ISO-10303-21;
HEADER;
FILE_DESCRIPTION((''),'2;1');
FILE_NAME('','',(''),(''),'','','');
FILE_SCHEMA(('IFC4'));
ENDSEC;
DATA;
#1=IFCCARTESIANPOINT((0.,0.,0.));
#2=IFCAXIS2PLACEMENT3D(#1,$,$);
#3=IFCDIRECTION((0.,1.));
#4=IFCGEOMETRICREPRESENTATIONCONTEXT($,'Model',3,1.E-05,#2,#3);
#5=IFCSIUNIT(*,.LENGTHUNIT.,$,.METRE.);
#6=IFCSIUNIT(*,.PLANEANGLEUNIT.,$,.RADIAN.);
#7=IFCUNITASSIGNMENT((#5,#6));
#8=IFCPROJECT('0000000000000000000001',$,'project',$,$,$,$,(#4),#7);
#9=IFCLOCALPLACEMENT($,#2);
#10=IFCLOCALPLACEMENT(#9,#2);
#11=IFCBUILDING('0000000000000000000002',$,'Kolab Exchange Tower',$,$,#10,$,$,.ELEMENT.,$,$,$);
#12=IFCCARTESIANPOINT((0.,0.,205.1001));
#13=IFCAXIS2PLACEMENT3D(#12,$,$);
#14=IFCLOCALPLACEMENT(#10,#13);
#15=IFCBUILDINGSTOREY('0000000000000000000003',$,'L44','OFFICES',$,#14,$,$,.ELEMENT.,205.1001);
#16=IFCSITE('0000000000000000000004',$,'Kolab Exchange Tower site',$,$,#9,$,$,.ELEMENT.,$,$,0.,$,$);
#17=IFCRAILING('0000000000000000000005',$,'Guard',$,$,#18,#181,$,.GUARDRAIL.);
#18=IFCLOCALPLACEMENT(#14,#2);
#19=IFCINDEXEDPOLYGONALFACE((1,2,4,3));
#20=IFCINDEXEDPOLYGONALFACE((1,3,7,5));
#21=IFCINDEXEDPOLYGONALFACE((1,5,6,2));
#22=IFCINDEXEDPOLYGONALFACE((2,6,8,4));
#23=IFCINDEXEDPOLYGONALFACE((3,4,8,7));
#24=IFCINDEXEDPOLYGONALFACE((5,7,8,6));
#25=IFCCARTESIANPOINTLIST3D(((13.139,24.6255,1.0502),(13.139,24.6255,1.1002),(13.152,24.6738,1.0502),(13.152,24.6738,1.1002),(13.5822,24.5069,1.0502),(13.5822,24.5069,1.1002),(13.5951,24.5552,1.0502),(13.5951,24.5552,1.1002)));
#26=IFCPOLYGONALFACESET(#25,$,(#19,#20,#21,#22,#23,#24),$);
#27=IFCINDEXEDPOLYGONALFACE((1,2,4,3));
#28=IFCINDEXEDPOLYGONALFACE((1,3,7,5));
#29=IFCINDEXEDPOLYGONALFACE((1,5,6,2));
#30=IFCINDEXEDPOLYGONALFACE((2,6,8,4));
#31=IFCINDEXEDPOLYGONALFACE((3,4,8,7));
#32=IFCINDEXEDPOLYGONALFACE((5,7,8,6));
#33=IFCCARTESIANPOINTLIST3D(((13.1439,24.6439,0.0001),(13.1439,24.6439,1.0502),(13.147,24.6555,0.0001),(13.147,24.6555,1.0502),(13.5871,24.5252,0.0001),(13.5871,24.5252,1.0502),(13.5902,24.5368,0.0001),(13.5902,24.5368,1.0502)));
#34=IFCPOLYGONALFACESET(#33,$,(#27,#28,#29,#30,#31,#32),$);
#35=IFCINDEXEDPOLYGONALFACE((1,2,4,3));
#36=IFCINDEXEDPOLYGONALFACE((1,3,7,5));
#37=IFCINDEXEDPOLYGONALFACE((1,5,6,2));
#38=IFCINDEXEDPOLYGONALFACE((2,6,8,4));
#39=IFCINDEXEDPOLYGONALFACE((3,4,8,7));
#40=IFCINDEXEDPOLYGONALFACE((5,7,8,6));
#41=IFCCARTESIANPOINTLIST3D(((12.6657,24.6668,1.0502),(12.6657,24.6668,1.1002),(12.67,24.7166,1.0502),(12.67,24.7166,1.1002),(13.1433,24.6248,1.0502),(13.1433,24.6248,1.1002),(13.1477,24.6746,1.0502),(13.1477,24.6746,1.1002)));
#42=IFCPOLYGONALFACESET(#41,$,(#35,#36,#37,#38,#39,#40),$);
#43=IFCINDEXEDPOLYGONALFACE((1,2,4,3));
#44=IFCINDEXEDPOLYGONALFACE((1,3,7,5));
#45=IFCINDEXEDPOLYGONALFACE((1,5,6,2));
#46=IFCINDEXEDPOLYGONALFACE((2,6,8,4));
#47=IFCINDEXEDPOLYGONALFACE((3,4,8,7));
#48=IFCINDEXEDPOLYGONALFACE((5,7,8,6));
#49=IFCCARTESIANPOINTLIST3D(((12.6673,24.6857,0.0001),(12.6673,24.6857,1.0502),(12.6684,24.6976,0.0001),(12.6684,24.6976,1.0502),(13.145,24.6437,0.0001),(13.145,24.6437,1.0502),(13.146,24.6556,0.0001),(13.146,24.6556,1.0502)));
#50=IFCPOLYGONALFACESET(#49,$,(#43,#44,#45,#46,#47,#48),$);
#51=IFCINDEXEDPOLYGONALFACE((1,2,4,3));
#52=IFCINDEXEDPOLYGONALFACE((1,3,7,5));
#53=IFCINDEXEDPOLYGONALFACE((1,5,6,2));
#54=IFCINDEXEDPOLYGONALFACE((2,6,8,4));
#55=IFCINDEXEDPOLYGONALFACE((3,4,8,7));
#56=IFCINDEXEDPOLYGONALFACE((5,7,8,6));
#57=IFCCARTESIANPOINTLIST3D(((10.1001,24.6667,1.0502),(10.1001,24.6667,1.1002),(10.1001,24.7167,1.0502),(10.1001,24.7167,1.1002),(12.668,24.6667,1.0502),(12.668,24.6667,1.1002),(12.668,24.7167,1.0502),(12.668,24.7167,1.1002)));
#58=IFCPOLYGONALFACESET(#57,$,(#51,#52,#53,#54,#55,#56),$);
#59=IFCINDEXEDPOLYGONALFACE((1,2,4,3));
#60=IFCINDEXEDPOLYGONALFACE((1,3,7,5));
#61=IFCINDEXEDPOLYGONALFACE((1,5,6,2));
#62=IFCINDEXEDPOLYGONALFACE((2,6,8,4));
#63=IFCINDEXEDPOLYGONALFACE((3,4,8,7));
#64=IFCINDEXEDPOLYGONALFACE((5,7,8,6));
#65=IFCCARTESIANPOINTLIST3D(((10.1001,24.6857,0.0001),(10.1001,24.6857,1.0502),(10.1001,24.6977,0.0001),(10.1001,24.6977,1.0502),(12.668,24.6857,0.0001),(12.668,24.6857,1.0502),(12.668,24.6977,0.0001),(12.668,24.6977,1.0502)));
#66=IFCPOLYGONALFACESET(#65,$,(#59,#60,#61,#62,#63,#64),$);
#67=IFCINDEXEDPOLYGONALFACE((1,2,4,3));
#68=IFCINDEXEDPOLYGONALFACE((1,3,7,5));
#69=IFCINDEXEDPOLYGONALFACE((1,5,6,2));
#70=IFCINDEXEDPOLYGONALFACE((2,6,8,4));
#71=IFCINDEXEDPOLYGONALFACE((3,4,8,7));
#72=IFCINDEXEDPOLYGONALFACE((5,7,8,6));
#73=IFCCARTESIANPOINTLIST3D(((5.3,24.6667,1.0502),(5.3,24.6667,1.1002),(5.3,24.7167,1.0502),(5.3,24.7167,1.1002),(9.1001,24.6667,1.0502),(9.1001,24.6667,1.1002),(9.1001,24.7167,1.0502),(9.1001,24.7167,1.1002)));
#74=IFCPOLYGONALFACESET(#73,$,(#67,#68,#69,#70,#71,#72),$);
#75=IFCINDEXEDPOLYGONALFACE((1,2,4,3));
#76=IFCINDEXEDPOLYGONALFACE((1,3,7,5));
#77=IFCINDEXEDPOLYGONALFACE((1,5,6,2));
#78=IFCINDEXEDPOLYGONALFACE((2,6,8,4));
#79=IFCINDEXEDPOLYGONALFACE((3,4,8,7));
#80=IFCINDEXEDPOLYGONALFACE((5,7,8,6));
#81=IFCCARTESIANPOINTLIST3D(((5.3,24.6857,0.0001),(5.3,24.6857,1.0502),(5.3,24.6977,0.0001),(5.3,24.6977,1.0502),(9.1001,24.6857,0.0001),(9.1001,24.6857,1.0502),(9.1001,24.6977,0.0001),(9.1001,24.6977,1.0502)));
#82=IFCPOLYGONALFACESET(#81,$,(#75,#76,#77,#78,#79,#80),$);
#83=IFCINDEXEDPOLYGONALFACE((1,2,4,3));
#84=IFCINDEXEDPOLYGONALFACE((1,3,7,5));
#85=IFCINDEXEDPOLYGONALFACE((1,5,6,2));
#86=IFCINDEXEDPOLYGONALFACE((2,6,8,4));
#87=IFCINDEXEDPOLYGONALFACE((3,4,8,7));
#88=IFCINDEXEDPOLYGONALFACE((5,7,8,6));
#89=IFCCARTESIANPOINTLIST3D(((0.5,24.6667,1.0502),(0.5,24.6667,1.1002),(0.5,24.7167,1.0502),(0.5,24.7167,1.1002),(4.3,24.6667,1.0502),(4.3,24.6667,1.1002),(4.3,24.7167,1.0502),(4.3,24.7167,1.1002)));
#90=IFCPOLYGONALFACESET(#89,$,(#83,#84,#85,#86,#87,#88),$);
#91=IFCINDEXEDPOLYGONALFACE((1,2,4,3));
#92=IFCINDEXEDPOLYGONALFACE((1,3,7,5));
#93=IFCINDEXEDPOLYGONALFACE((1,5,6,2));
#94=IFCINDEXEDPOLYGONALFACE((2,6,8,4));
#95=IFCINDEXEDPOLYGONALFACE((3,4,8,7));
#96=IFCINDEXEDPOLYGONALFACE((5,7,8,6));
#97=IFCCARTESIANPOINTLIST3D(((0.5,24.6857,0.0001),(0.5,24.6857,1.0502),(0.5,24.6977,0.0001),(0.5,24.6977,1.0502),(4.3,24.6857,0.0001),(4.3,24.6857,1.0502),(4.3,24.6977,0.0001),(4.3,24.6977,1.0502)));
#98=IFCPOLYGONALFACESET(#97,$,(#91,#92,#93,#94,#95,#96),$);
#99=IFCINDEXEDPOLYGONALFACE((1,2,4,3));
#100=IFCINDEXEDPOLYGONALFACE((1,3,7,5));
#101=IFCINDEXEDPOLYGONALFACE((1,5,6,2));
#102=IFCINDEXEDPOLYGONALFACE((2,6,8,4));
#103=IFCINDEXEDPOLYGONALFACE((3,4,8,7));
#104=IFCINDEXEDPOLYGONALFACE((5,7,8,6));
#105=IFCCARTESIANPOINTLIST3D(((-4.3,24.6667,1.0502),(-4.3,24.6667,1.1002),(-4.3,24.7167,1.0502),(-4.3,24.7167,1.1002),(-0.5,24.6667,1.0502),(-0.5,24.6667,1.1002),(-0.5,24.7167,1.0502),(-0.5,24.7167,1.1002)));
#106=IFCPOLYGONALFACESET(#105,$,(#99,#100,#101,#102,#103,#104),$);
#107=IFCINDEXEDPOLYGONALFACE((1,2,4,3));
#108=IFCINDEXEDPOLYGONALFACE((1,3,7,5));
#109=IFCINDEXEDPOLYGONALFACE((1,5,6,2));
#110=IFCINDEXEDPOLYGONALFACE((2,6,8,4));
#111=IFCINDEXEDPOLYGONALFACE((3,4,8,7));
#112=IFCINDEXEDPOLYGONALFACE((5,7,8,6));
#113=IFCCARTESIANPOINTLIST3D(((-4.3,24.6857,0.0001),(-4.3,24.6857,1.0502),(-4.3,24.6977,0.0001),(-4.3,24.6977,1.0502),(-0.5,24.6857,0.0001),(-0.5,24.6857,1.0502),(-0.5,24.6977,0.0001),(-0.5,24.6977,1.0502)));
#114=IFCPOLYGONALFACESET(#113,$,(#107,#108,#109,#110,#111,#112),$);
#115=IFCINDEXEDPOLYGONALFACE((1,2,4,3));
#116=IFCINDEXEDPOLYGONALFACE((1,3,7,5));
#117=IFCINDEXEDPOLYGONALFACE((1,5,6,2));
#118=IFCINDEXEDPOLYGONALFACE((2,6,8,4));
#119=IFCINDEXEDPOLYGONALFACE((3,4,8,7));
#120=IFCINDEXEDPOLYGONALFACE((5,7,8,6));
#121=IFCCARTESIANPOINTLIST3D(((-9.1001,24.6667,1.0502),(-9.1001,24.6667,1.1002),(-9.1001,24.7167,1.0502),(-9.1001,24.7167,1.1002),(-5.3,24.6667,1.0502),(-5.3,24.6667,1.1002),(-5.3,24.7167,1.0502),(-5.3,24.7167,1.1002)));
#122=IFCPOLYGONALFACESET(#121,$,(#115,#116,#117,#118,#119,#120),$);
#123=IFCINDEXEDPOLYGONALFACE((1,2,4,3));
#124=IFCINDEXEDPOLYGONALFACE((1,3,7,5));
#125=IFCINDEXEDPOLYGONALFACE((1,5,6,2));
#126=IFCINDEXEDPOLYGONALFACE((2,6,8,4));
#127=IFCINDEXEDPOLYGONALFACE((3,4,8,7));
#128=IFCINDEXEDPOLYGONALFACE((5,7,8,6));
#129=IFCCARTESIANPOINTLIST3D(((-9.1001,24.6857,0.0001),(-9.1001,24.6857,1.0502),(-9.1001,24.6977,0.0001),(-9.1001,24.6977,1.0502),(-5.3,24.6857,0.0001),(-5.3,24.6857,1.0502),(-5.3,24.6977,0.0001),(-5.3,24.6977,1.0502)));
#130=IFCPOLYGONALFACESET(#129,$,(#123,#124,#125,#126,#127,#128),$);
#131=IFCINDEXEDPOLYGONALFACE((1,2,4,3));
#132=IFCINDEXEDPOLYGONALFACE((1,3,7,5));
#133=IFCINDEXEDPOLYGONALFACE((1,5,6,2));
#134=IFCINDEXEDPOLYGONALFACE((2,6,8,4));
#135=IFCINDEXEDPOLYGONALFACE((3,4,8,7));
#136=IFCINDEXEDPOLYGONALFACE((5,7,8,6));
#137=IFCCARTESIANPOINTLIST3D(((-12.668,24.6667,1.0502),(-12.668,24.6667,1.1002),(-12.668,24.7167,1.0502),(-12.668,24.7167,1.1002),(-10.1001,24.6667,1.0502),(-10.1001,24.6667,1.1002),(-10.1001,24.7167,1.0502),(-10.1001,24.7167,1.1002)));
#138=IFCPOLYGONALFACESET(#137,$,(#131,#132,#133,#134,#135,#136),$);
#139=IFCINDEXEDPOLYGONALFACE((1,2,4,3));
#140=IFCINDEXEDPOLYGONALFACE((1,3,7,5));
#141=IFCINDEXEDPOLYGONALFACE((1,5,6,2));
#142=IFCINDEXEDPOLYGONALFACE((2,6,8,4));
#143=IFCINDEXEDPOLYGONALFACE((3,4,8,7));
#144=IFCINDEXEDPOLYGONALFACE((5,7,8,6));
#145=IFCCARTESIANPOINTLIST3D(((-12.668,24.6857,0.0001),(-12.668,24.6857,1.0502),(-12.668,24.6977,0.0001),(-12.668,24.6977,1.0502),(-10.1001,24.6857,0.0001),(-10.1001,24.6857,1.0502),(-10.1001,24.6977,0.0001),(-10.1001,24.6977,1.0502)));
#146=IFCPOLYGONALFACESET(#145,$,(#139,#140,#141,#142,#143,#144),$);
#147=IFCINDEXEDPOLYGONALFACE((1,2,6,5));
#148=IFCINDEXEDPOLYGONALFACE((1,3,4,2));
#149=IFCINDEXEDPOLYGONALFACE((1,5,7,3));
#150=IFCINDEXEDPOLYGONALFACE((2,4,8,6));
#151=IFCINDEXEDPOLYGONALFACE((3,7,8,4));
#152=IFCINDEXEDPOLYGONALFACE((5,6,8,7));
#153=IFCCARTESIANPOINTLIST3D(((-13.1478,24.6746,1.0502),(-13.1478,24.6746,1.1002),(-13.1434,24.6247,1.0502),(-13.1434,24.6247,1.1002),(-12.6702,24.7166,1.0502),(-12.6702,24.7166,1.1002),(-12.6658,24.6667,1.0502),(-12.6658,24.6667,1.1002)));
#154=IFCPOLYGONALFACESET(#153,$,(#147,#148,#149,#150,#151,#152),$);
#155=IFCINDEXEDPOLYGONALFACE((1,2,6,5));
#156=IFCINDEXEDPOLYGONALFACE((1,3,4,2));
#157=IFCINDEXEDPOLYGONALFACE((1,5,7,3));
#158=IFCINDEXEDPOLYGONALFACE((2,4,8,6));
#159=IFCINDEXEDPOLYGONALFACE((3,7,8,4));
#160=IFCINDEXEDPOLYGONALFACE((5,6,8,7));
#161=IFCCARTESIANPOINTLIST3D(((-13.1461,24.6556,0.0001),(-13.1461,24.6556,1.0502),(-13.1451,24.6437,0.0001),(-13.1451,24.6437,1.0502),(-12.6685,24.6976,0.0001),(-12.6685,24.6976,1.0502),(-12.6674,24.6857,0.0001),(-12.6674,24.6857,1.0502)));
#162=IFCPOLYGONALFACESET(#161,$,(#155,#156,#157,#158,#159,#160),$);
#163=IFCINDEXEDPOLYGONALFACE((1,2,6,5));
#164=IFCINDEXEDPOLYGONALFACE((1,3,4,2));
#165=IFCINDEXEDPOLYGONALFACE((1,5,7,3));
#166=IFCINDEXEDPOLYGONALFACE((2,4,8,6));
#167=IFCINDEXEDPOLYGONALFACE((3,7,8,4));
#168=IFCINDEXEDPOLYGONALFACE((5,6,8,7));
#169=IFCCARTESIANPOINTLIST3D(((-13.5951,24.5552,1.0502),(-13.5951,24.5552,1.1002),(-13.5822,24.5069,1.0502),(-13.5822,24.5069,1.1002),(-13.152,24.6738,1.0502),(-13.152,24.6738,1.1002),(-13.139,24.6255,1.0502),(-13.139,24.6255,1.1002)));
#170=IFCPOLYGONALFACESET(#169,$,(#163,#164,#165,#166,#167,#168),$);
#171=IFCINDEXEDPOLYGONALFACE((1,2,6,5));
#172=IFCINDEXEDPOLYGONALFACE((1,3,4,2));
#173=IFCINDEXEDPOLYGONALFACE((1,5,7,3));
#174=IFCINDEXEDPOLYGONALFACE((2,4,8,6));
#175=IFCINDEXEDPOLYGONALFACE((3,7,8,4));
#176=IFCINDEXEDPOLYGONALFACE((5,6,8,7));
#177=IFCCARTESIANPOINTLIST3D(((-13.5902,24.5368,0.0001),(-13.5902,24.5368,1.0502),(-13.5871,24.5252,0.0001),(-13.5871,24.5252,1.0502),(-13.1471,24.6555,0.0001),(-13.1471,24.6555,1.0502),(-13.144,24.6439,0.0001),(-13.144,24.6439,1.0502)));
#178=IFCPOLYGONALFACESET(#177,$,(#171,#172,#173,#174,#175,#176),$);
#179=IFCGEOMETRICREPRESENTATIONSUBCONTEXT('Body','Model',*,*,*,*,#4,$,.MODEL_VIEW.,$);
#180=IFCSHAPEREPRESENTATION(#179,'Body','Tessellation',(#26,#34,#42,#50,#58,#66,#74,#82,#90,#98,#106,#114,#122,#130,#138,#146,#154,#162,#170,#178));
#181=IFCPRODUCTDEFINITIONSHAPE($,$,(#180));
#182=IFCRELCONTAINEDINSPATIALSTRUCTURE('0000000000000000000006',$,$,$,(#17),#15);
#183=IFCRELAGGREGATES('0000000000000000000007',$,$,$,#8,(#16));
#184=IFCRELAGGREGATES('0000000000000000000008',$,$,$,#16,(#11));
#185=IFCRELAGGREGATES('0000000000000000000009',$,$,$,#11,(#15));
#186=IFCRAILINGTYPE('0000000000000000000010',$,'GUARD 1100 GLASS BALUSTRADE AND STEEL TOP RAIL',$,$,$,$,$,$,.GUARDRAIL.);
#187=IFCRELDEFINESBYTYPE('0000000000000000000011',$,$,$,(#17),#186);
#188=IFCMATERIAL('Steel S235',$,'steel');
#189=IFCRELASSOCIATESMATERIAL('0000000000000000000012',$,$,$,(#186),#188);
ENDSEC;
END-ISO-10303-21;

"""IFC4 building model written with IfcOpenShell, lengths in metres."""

from ifc_helpers import new_model, si_unit, direction, frame, frame_2d, origin, origin_2d, place, context, subcontext, project, spatial, rectangle, extrude, material, type_object, element, save


model = new_model("IFC4")

# Units and contexts
model_context = context("Model", 3, precision=1e-05, world=origin(), true_north=direction((0.0, 1.0)))
body_context = subcontext(model_context, "Body", "Model", "MODEL_VIEW")
ifc_project = project(units=[si_unit("LENGTHUNIT", "METRE"), si_unit("PLANEANGLEUNIT", "RADIAN")], contexts=[model_context])

# Site, building, storey
site_placement = place(None, origin())
site = spatial("IfcSite", under=ifc_project, at=site_placement, Name="Kolab Exchange Tower site", CompositionType="ELEMENT", RefElevation=0.0)
building_placement = place(site_placement, origin())
building = spatial("IfcBuilding", under=site, at=building_placement, Name="Kolab Exchange Tower", CompositionType="ELEMENT")
storey_placement = place(building_placement, frame((0.0, 0.0, 205.1001)))
storey = spatial("IfcBuildingStorey", under=building, at=storey_placement, Name="L44", Description="OFFICES", CompositionType="ELEMENT", Elevation=205.1001)

# Railing
ifc_material_1 = material(Name="Steel S235", Category="steel")
railing_type = type_object("IfcRailingType", Name="GUARD 1100 GLASS BALUSTRADE AND STEEL TOP RAIL", PredefinedType="GUARDRAIL", material=ifc_material_1)
railing_placement = place(storey_placement, frame((13.5886, 24.531, 0.0)))
element("IfcRailing", 1, at=railing_placement, inside=storey, type_object=railing_type, Name="Guard", PredefinedType="GUARDRAIL", context=body_context, shape_type="SweptSolid", body=[
    extrude(rectangle(XDim=0.05, YDim=0.05, at=origin_2d()), frame((0.0, 0.0, 1.0752), z_axis=(-0.965969, 0.258656, 0.0), x_axis=(-0.258656, -0.965969, 0.0)), (0.0, 0.0, 1.0), 0.4587),
    extrude(rectangle(XDim=0.012, YDim=1.0501, at=frame_2d((0.0, 0.5251))), frame((0.0, 0.0, 0.0), z_axis=(-0.965969, 0.258656, 0.0), x_axis=(-0.258656, -0.965969, 0.0)), (0.0, 0.0, 1.0), 0.4587),
    extrude(rectangle(XDim=0.05, YDim=0.05, at=origin_2d()), frame((-0.4431, 0.1187, 1.0752), z_axis=(-0.996156, 0.087597, 0.0), x_axis=(-0.087597, -0.996156, 0.0)), (0.0, 0.0, 1.0), 0.4795),
    extrude(rectangle(XDim=0.012, YDim=1.0501, at=frame_2d((0.0, 0.5251))), frame((-0.4431, 0.1187, 0.0), z_axis=(-0.996156, 0.087597, 0.0), x_axis=(-0.087597, -0.996156, 0.0)), (0.0, 0.0, 1.0), 0.4795),
    extrude(rectangle(XDim=0.05, YDim=0.05, at=origin_2d()), frame((-0.9207, 0.1606, 1.0752), z_axis=(-1.0, 0.0, 0.0), x_axis=(0.0, -1.0, 0.0)), (0.0, 0.0, 1.0), 2.5679),
    extrude(rectangle(XDim=0.012, YDim=1.0501, at=frame_2d((0.0, 0.5251))), frame((-0.9207, 0.1606, 0.0), z_axis=(-1.0, 0.0, 0.0), x_axis=(0.0, -1.0, 0.0)), (0.0, 0.0, 1.0), 2.5679),
    extrude(rectangle(XDim=0.05, YDim=0.05, at=origin_2d()), frame((-4.4885, 0.1606, 1.0752), z_axis=(-1.0, 0.0, 0.0), x_axis=(0.0, -1.0, 0.0)), (0.0, 0.0, 1.0), 3.8),
    extrude(rectangle(XDim=0.012, YDim=1.0501, at=frame_2d((0.0, 0.5251))), frame((-4.4885, 0.1606, 0.0), z_axis=(-1.0, 0.0, 0.0), x_axis=(0.0, -1.0, 0.0)), (0.0, 0.0, 1.0), 3.8),
    extrude(rectangle(XDim=0.05, YDim=0.05, at=origin_2d()), frame((-9.2886, 0.1606, 1.0752), z_axis=(-1.0, 0.0, 0.0), x_axis=(0.0, -1.0, 0.0)), (0.0, 0.0, 1.0), 3.8),
    extrude(rectangle(XDim=0.012, YDim=1.0501, at=frame_2d((0.0, 0.5251))), frame((-9.2886, 0.1606, 0.0), z_axis=(-1.0, 0.0, 0.0), x_axis=(0.0, -1.0, 0.0)), (0.0, 0.0, 1.0), 3.8),
    extrude(rectangle(XDim=0.05, YDim=0.05, at=origin_2d()), frame((-14.0886, 0.1606, 1.0752), z_axis=(-1.0, 0.0, 0.0), x_axis=(0.0, -1.0, 0.0)), (0.0, 0.0, 1.0), 3.8),
    extrude(rectangle(XDim=0.012, YDim=1.0501, at=frame_2d((0.0, 0.5251))), frame((-14.0886, 0.1606, 0.0), z_axis=(-1.0, 0.0, 0.0), x_axis=(0.0, -1.0, 0.0)), (0.0, 0.0, 1.0), 3.8),
    extrude(rectangle(XDim=0.05, YDim=0.05, at=origin_2d()), frame((-18.8887, 0.1606, 1.0752), z_axis=(-1.0, 0.0, 0.0), x_axis=(0.0, -1.0, 0.0)), (0.0, 0.0, 1.0), 3.8),
    extrude(rectangle(XDim=0.012, YDim=1.0501, at=frame_2d((0.0, 0.5251))), frame((-18.8887, 0.1606, 0.0), z_axis=(-1.0, 0.0, 0.0), x_axis=(0.0, -1.0, 0.0)), (0.0, 0.0, 1.0), 3.8),
    extrude(rectangle(XDim=0.05, YDim=0.05, at=origin_2d()), frame((-23.6887, 0.1606, 1.0752), z_axis=(-1.0, 0.0, 0.0), x_axis=(0.0, -1.0, 0.0)), (0.0, 0.0, 1.0), 2.5679),
    extrude(rectangle(XDim=0.012, YDim=1.0501, at=frame_2d((0.0, 0.5251))), frame((-23.6887, 0.1606, 0.0), z_axis=(-1.0, 0.0, 0.0), x_axis=(0.0, -1.0, 0.0)), (0.0, 0.0, 1.0), 2.5679),
    extrude(rectangle(XDim=0.05, YDim=0.05, at=origin_2d()), frame((-26.2566, 0.1606, 1.0752), z_axis=(-0.996156, -0.087597, 0.0), x_axis=(0.087597, -0.996156, 0.0)), (0.0, 0.0, 1.0), 0.4795),
    extrude(rectangle(XDim=0.012, YDim=1.0501, at=frame_2d((0.0, 0.5251))), frame((-26.2566, 0.1606, 0.0), z_axis=(-0.996156, -0.087597, 0.0), x_axis=(0.087597, -0.996156, 0.0)), (0.0, 0.0, 1.0), 0.4795),
    extrude(rectangle(XDim=0.05, YDim=0.05, at=origin_2d()), frame((-26.7341, 0.1187, 1.0752), z_axis=(-0.965969, -0.258656, 0.0), x_axis=(0.258656, -0.965969, 0.0)), (0.0, 0.0, 1.0), 0.4587),
    extrude(rectangle(XDim=0.012, YDim=1.0501, at=frame_2d((0.0, 0.5251))), frame((-26.7341, 0.1187, 0.0), z_axis=(-0.965969, -0.258656, 0.0), x_axis=(0.258656, -0.965969, 0.0)), (0.0, 0.0, 1.0), 0.4587),
])

save(model, "model.ifc")
